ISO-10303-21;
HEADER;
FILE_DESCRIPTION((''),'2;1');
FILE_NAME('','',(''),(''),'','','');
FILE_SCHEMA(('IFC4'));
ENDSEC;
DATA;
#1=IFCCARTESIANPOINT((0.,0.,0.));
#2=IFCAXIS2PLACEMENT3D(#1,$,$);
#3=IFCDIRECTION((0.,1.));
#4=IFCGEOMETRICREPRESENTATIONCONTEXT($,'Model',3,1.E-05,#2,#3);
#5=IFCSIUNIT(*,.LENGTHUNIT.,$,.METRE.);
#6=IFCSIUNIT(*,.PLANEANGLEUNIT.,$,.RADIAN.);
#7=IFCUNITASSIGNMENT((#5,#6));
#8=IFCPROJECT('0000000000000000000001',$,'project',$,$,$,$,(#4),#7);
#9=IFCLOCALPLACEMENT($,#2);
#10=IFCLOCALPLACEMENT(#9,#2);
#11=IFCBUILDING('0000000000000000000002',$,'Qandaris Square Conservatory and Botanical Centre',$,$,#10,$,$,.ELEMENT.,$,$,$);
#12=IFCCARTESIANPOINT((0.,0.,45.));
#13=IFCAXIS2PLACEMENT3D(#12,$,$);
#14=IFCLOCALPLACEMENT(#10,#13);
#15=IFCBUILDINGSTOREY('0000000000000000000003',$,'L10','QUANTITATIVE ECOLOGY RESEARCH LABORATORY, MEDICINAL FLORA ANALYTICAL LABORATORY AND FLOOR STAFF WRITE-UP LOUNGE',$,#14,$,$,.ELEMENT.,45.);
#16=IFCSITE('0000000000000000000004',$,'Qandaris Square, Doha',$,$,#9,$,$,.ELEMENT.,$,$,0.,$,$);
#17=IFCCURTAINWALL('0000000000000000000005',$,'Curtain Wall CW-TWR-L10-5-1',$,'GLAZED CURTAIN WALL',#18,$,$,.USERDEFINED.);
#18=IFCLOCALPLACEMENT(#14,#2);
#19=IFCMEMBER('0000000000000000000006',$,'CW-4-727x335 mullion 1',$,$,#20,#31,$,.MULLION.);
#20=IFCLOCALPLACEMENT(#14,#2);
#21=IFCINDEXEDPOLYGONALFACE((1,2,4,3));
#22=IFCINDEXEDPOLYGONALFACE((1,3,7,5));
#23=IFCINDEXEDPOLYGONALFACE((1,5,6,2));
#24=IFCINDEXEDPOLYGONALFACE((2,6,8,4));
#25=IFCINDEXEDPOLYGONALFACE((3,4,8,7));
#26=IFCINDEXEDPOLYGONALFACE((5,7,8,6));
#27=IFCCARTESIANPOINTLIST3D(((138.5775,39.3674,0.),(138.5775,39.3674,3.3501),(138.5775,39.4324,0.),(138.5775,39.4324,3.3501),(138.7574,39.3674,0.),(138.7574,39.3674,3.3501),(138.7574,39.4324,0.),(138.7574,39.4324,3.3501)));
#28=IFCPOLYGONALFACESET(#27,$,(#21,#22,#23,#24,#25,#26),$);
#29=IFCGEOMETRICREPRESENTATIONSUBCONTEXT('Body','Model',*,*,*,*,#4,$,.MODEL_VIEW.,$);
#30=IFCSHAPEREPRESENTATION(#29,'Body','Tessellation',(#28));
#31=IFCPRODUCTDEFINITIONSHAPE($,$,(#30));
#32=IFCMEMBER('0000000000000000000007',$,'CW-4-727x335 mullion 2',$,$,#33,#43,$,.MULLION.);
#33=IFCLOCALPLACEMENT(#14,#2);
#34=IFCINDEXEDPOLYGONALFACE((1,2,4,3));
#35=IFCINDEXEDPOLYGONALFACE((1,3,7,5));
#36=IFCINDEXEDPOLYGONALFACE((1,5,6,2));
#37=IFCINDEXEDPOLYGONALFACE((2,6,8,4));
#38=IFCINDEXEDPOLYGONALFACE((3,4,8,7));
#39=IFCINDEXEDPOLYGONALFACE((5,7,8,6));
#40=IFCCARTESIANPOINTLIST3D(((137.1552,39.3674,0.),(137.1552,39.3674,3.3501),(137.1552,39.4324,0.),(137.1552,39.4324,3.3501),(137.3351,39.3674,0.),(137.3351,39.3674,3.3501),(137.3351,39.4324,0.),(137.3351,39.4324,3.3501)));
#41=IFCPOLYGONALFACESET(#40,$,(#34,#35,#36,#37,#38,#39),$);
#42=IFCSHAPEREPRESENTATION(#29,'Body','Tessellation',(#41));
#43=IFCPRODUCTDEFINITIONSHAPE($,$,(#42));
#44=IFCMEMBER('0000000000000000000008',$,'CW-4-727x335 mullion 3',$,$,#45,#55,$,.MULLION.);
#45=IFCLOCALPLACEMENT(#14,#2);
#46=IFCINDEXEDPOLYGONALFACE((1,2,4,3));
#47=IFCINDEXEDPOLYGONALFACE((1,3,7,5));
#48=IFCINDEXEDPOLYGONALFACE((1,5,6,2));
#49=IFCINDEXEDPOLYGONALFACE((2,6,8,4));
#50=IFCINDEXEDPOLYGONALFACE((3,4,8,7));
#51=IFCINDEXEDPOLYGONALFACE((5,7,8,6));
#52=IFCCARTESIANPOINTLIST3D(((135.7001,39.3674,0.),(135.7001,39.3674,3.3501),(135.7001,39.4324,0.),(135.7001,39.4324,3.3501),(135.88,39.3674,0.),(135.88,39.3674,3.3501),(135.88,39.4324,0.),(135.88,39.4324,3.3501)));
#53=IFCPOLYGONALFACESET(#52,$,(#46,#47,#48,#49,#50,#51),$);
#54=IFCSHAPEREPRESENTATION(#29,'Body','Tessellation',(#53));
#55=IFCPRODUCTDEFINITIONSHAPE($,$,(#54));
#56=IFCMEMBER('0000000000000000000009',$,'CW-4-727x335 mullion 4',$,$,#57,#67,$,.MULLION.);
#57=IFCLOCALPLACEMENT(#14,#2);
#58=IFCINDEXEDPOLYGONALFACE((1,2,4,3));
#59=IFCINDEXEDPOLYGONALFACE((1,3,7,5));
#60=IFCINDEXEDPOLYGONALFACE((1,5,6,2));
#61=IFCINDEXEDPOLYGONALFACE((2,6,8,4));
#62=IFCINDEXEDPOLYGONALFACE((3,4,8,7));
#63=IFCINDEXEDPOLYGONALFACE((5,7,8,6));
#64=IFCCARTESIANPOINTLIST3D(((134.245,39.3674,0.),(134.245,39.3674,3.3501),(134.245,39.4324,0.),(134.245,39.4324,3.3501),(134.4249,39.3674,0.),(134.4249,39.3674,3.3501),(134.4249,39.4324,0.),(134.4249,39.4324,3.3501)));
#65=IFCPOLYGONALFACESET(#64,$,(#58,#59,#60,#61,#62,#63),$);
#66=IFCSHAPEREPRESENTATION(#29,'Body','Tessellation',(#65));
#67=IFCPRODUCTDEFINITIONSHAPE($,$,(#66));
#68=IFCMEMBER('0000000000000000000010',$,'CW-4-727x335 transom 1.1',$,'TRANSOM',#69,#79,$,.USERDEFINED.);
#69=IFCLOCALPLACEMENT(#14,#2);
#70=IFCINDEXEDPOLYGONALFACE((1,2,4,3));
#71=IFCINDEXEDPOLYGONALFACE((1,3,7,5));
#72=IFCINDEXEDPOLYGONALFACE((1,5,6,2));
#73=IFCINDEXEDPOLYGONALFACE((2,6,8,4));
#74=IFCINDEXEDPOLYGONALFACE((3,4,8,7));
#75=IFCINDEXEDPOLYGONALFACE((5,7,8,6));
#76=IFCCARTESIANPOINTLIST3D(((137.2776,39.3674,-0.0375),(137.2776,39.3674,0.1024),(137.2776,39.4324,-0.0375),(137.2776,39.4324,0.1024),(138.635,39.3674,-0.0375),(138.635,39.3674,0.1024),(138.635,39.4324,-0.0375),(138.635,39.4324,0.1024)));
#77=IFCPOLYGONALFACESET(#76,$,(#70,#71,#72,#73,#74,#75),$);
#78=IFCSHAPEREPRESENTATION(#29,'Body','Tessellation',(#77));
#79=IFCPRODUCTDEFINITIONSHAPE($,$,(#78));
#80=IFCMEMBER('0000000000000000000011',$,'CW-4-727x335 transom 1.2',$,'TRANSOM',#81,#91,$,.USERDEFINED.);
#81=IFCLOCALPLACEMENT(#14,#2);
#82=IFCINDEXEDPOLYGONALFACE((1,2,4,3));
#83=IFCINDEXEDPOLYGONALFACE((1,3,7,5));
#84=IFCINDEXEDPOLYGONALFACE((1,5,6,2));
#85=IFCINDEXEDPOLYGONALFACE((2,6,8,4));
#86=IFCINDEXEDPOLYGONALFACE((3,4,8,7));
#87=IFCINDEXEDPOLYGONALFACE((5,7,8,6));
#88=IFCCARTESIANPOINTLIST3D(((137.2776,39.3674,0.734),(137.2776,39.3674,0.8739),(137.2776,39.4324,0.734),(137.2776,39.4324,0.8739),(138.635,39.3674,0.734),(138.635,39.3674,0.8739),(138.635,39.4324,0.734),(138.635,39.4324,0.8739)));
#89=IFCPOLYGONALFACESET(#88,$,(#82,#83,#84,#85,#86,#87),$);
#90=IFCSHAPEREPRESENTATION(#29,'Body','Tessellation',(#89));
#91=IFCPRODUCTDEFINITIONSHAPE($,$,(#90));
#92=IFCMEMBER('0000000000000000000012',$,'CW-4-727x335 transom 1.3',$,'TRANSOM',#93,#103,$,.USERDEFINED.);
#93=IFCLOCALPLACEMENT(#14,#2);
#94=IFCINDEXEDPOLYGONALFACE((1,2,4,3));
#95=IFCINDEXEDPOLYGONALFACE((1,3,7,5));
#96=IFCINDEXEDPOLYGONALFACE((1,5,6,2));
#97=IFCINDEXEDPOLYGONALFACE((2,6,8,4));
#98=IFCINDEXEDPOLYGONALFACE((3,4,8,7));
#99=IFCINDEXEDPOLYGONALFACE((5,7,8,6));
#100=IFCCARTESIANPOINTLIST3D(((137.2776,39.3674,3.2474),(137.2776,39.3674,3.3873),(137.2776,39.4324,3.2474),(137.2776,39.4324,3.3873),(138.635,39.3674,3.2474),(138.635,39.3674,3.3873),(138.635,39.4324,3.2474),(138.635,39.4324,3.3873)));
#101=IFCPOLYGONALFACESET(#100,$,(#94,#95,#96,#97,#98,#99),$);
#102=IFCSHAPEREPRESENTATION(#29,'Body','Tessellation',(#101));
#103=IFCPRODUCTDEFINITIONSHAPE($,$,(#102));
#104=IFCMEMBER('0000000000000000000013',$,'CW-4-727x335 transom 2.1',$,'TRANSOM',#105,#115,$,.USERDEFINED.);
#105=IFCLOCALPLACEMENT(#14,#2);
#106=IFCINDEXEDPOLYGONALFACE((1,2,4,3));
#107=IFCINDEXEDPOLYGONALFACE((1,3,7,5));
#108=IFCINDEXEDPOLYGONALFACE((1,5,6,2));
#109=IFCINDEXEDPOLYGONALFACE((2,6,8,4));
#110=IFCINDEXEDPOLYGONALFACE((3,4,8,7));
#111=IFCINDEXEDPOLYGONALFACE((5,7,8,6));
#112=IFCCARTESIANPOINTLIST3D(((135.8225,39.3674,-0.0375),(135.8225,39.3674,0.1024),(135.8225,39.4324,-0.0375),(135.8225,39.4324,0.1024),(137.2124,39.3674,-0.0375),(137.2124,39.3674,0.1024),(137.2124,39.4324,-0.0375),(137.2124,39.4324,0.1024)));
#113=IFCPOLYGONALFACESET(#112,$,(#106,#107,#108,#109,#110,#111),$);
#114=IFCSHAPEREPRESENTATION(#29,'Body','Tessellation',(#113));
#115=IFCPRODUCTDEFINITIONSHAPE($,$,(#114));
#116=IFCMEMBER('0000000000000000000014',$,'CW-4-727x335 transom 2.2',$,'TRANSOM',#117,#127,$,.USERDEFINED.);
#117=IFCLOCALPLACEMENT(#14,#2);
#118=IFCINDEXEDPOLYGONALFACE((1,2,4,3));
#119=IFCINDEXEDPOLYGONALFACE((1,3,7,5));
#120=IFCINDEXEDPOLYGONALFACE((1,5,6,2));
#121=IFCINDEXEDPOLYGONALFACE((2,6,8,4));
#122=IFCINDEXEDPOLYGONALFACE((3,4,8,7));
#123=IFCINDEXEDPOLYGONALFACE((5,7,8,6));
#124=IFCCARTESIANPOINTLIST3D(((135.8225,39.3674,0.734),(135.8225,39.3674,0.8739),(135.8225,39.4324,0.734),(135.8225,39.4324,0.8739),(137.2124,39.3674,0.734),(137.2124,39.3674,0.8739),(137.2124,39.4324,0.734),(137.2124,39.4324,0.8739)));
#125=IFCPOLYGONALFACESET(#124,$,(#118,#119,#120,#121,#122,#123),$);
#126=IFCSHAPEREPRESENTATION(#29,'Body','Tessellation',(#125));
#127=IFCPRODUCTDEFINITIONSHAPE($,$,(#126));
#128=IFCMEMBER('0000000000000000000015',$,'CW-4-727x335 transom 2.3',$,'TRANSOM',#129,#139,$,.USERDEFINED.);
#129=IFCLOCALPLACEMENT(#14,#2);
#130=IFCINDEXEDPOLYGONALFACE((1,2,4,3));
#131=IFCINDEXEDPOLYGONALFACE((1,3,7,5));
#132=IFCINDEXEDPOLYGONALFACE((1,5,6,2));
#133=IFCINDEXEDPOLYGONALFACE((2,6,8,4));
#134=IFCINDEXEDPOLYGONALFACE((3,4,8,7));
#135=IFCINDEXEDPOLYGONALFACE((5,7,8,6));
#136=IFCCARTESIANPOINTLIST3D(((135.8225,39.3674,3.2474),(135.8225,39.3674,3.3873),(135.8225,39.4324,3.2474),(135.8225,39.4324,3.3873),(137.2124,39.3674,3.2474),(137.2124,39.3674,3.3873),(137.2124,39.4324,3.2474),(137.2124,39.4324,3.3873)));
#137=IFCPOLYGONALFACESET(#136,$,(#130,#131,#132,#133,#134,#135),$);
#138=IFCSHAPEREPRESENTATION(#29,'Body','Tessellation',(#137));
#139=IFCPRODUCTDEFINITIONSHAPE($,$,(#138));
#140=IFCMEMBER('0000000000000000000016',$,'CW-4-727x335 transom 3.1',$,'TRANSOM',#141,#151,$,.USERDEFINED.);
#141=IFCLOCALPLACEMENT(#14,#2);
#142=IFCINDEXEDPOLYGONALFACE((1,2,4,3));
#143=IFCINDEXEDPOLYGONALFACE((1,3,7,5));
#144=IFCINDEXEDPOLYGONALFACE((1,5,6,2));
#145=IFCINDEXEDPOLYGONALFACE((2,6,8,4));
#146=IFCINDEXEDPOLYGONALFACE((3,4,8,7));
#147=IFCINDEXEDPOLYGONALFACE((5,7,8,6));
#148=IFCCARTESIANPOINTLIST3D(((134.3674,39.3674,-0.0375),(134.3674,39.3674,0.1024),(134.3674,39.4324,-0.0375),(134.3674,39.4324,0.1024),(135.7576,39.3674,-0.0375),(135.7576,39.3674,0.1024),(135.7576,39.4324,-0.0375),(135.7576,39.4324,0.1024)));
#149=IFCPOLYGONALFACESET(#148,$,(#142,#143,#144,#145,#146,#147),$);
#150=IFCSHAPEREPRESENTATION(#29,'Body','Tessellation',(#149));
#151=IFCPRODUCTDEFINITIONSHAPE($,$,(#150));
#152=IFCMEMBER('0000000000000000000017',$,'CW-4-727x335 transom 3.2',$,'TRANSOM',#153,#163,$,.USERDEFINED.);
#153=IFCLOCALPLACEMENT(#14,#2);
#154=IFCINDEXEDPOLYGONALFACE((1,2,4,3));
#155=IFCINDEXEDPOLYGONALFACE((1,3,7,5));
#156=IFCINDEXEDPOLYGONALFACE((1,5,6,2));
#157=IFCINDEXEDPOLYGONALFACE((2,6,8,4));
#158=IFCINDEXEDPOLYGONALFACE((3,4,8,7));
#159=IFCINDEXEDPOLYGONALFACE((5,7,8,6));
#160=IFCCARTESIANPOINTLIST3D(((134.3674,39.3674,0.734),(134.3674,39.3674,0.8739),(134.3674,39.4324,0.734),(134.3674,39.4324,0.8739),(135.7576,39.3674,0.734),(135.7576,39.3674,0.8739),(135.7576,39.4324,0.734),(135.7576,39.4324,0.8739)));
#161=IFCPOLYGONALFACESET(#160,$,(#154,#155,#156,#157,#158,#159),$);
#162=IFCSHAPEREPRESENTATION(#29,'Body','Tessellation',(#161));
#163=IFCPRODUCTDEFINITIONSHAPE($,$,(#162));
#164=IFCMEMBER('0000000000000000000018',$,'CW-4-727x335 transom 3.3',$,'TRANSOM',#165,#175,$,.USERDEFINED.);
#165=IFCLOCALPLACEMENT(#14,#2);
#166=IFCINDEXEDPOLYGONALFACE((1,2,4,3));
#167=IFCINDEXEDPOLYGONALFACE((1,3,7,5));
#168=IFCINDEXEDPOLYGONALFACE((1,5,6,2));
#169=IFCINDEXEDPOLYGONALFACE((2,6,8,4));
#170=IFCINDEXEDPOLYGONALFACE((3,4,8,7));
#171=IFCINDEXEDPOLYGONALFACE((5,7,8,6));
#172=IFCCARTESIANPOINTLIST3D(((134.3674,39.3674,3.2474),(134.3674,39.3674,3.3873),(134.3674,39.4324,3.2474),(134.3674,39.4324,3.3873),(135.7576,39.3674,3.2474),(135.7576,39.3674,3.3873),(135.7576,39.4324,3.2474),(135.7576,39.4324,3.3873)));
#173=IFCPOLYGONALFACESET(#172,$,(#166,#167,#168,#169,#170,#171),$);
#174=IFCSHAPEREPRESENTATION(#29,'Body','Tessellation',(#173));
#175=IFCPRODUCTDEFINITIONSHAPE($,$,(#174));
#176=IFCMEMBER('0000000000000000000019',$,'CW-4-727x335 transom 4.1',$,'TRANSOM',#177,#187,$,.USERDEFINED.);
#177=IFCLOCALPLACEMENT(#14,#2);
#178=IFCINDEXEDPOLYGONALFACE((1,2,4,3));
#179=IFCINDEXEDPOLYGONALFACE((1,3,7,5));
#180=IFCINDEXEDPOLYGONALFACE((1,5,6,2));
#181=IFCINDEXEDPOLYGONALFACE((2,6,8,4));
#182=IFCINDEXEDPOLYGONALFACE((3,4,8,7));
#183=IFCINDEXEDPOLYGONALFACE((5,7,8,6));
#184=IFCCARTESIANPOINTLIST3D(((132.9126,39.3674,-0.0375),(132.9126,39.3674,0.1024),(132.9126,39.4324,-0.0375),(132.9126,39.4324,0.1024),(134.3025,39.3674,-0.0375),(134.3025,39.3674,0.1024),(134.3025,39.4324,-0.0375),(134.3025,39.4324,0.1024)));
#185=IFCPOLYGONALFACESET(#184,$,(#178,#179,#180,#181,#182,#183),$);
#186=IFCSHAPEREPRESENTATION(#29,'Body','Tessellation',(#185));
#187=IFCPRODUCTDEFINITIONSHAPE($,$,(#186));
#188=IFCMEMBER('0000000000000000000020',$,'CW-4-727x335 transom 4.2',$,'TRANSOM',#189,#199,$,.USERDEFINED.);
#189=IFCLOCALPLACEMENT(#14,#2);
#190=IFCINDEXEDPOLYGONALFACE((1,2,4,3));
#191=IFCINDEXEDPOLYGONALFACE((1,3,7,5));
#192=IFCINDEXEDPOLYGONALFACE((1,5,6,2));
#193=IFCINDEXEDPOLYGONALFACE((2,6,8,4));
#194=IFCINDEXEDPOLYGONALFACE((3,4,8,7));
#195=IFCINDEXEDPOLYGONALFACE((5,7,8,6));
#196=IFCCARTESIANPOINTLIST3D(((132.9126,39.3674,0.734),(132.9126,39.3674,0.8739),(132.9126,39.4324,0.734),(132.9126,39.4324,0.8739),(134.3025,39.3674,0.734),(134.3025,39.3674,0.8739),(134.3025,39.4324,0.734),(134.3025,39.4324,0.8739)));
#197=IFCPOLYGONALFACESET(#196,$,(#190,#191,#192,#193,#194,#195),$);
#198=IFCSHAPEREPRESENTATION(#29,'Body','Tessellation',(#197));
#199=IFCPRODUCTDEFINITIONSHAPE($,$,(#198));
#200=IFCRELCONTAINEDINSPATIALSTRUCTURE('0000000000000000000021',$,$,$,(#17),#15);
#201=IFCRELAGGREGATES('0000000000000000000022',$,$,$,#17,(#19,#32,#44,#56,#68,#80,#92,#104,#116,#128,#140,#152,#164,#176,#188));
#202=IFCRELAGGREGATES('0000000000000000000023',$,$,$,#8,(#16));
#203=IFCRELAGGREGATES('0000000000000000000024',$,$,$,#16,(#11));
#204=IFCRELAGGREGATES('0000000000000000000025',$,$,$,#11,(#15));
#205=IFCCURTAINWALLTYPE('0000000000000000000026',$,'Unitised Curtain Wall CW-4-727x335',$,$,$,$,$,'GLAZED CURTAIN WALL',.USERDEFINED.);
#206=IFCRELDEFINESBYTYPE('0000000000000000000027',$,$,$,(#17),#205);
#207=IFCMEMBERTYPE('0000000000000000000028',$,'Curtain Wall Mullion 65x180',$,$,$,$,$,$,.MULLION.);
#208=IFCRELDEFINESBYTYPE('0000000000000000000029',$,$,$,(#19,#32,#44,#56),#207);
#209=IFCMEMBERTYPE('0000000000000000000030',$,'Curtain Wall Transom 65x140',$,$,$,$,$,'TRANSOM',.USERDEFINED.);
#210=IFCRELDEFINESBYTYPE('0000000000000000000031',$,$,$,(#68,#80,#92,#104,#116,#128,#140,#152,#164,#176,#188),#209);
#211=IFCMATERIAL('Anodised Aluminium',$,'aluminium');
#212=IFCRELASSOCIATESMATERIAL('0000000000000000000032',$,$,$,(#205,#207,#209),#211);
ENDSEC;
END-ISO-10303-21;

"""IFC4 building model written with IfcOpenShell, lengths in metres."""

from ifc_helpers import new_model, si_unit, direction, frame, origin, origin_2d, place, context, subcontext, project, spatial, rectangle, extrude, material, material_profile, profile_set, type_object, element, aggregate, save


model = new_model("IFC4")

# Units and contexts
model_context = context("Model", 3, precision=1e-05, world=origin(), true_north=direction((0.0, 1.0)))
body_context = subcontext(model_context, "Body", "Model", "MODEL_VIEW")
ifc_project = project(units=[si_unit("LENGTHUNIT", "METRE"), si_unit("PLANEANGLEUNIT", "RADIAN")], contexts=[model_context])

# Site, building, storey
site_placement = place(None, origin())
site = spatial("IfcSite", under=ifc_project, at=site_placement, Name="Qandaris Square, Doha", CompositionType="ELEMENT", RefElevation=0.0)
building_placement = place(site_placement, origin())
building = spatial("IfcBuilding", under=site, at=building_placement, Name="Qandaris Square Conservatory and Botanical Centre", CompositionType="ELEMENT")
storey_placement = place(building_placement, frame((0.0, 0.0, 45.0)))
storey = spatial("IfcBuildingStorey", under=building, at=storey_placement, Name="L10", Description="QUANTITATIVE ECOLOGY RESEARCH LABORATORY, MEDICINAL FLORA ANALYTICAL LABORATORY AND FLOOR STAFF WRITE-UP LOUNGE", CompositionType="ELEMENT", Elevation=45.0)

# Curtain wall, members
ifc_material_1 = material(Name="Anodised Aluminium", Category="aluminium")
curtain_wall_type = type_object("IfcCurtainWallType", Name="Unitised Curtain Wall CW-4-727x335", ElementType="GLAZED CURTAIN WALL", PredefinedType="USERDEFINED", material=ifc_material_1)
curtain_wall_placement = place(storey_placement, origin())
curtain_wall = element("IfcCurtainWall", 1, at=curtain_wall_placement, inside=storey, type_object=curtain_wall_type, Name="Curtain Wall CW-TWR-L10-5-1", ObjectType="GLAZED CURTAIN WALL", PredefinedType="USERDEFINED")
ifc_material_profile_1 = material_profile(ifc_material_1, rectangle(XDim=0.0649, YDim=0.1799, at=origin_2d()), Name="ALU-MUL 65x180")
ifc_profile_set_1 = profile_set([ifc_material_profile_1], Name="Anodised Aluminium")
member_type_1 = type_object("IfcMemberType", Name="Curtain Wall Mullion 65x180", PredefinedType="MULLION", material=ifc_profile_set_1)
member_1_placement = place(storey_placement, frame((138.6675, 39.3999, 0.0), z_axis=(0.0, 0.0, 1.0), x_axis=(0.0, -1.0, 0.0)))
member_1 = element("IfcMember", 2, at=member_1_placement, type_object=member_type_1, Name="CW-4-727x335 mullion 1", PredefinedType="MULLION", context=body_context, shape_type="SweptSolid", body=[
    extrude(rectangle(XDim=0.0649, YDim=0.1799, at=origin_2d()), origin(), (0.0, 0.0, 1.0), 3.3501),
])
member_2_placement = place(storey_placement, frame((137.2451, 39.3999, 0.0), z_axis=(0.0, 0.0, 1.0), x_axis=(0.0, -1.0, 0.0)))
member_2 = element("IfcMember", 3, at=member_2_placement, type_object=member_type_1, Name="CW-4-727x335 mullion 2", PredefinedType="MULLION", context=body_context, shape_type="SweptSolid", body=[
    extrude(rectangle(XDim=0.0649, YDim=0.1799, at=origin_2d()), origin(), (0.0, 0.0, 1.0), 3.3501),
])
member_3_placement = place(storey_placement, frame((135.79, 39.3999, 0.0), z_axis=(0.0, 0.0, 1.0), x_axis=(0.0, -1.0, 0.0)))
member_3 = element("IfcMember", 4, at=member_3_placement, type_object=member_type_1, Name="CW-4-727x335 mullion 3", PredefinedType="MULLION", context=body_context, shape_type="SweptSolid", body=[
    extrude(rectangle(XDim=0.0649, YDim=0.1799, at=origin_2d()), origin(), (0.0, 0.0, 1.0), 3.3501),
])
member_4_placement = place(storey_placement, frame((134.335, 39.3999, 0.0), z_axis=(0.0, 0.0, 1.0), x_axis=(0.0, -1.0, 0.0)))
member_4 = element("IfcMember", 5, at=member_4_placement, type_object=member_type_1, Name="CW-4-727x335 mullion 4", PredefinedType="MULLION", context=body_context, shape_type="SweptSolid", body=[
    extrude(rectangle(XDim=0.0649, YDim=0.1799, at=origin_2d()), origin(), (0.0, 0.0, 1.0), 3.3501),
])
ifc_material_profile_2 = material_profile(ifc_material_1, rectangle(XDim=0.0649, YDim=0.1399, at=origin_2d()), Name="ALU-TRN 65x140")
ifc_profile_set_2 = profile_set([ifc_material_profile_2], Name="Anodised Aluminium")
member_type_2 = type_object("IfcMemberType", Name="Curtain Wall Transom 65x140", ElementType="TRANSOM", PredefinedType="USERDEFINED", material=ifc_profile_set_2)
member_5_placement = place(storey_placement, frame((138.635, 39.3999, 0.0325), z_axis=(-1.0, 0.0, 0.0), x_axis=(0.0, -1.0, 0.0)))
member_5 = element("IfcMember", 6, at=member_5_placement, type_object=member_type_2, Name="CW-4-727x335 transom 1.1", ObjectType="TRANSOM", PredefinedType="USERDEFINED", context=body_context, shape_type="SweptSolid", body=[
    extrude(rectangle(XDim=0.0649, YDim=0.1399, at=origin_2d()), origin(), (0.0, 0.0, 1.0), 1.3574),
])
member_6_placement = place(storey_placement, frame((138.635, 39.3999, 0.804), z_axis=(-1.0, 0.0, 0.0), x_axis=(0.0, -1.0, 0.0)))
member_6 = element("IfcMember", 7, at=member_6_placement, type_object=member_type_2, Name="CW-4-727x335 transom 1.2", ObjectType="TRANSOM", PredefinedType="USERDEFINED", context=body_context, shape_type="SweptSolid", body=[
    extrude(rectangle(XDim=0.0649, YDim=0.1399, at=origin_2d()), origin(), (0.0, 0.0, 1.0), 1.3574),
])
member_7_placement = place(storey_placement, frame((138.635, 39.3999, 3.3174), z_axis=(-1.0, 0.0, 0.0), x_axis=(0.0, -1.0, 0.0)))
member_7 = element("IfcMember", 8, at=member_7_placement, type_object=member_type_2, Name="CW-4-727x335 transom 1.3", ObjectType="TRANSOM", PredefinedType="USERDEFINED", context=body_context, shape_type="SweptSolid", body=[
    extrude(rectangle(XDim=0.0649, YDim=0.1399, at=origin_2d()), origin(), (0.0, 0.0, 1.0), 1.3574),
])
member_8_placement = place(storey_placement, frame((137.2124, 39.3999, 0.0325), z_axis=(-1.0, 0.0, 0.0), x_axis=(0.0, -1.0, 0.0)))
member_8 = element("IfcMember", 9, at=member_8_placement, type_object=member_type_2, Name="CW-4-727x335 transom 2.1", ObjectType="TRANSOM", PredefinedType="USERDEFINED", context=body_context, shape_type="SweptSolid", body=[
    extrude(rectangle(XDim=0.0649, YDim=0.1399, at=origin_2d()), origin(), (0.0, 0.0, 1.0), 1.3899),
])
member_9_placement = place(storey_placement, frame((137.2124, 39.3999, 0.804), z_axis=(-1.0, 0.0, 0.0), x_axis=(0.0, -1.0, 0.0)))
member_9 = element("IfcMember", 10, at=member_9_placement, type_object=member_type_2, Name="CW-4-727x335 transom 2.2", ObjectType="TRANSOM", PredefinedType="USERDEFINED", context=body_context, shape_type="SweptSolid", body=[
    extrude(rectangle(XDim=0.0649, YDim=0.1399, at=origin_2d()), origin(), (0.0, 0.0, 1.0), 1.3899),
])
member_10_placement = place(storey_placement, frame((137.2124, 39.3999, 3.3174), z_axis=(-1.0, 0.0, 0.0), x_axis=(0.0, -1.0, 0.0)))
member_10 = element("IfcMember", 11, at=member_10_placement, type_object=member_type_2, Name="CW-4-727x335 transom 2.3", ObjectType="TRANSOM", PredefinedType="USERDEFINED", context=body_context, shape_type="SweptSolid", body=[
    extrude(rectangle(XDim=0.0649, YDim=0.1399, at=origin_2d()), origin(), (0.0, 0.0, 1.0), 1.3899),
])
member_11_placement = place(storey_placement, frame((135.7576, 39.3999, 0.0325), z_axis=(-1.0, 0.0, 0.0), x_axis=(0.0, -1.0, 0.0)))
member_11 = element("IfcMember", 12, at=member_11_placement, type_object=member_type_2, Name="CW-4-727x335 transom 3.1", ObjectType="TRANSOM", PredefinedType="USERDEFINED", context=body_context, shape_type="SweptSolid", body=[
    extrude(rectangle(XDim=0.0649, YDim=0.1399, at=origin_2d()), origin(), (0.0, 0.0, 1.0), 1.3901),
])
member_12_placement = place(storey_placement, frame((135.7576, 39.3999, 0.804), z_axis=(-1.0, 0.0, 0.0), x_axis=(0.0, -1.0, 0.0)))
member_12 = element("IfcMember", 13, at=member_12_placement, type_object=member_type_2, Name="CW-4-727x335 transom 3.2", ObjectType="TRANSOM", PredefinedType="USERDEFINED", context=body_context, shape_type="SweptSolid", body=[
    extrude(rectangle(XDim=0.0649, YDim=0.1399, at=origin_2d()), origin(), (0.0, 0.0, 1.0), 1.3901),
])
member_13_placement = place(storey_placement, frame((135.7576, 39.3999, 3.3174), z_axis=(-1.0, 0.0, 0.0), x_axis=(0.0, -1.0, 0.0)))
member_13 = element("IfcMember", 14, at=member_13_placement, type_object=member_type_2, Name="CW-4-727x335 transom 3.3", ObjectType="TRANSOM", PredefinedType="USERDEFINED", context=body_context, shape_type="SweptSolid", body=[
    extrude(rectangle(XDim=0.0649, YDim=0.1399, at=origin_2d()), origin(), (0.0, 0.0, 1.0), 1.3901),
])
member_14_placement = place(storey_placement, frame((134.3025, 39.3999, 0.0325), z_axis=(-1.0, 0.0, 0.0), x_axis=(0.0, -1.0, 0.0)))
member_14 = element("IfcMember", 15, at=member_14_placement, type_object=member_type_2, Name="CW-4-727x335 transom 4.1", ObjectType="TRANSOM", PredefinedType="USERDEFINED", context=body_context, shape_type="SweptSolid", body=[
    extrude(rectangle(XDim=0.0649, YDim=0.1399, at=origin_2d()), origin(), (0.0, 0.0, 1.0), 1.3899),
])
member_15_placement = place(storey_placement, frame((134.3025, 39.3999, 0.804), z_axis=(-1.0, 0.0, 0.0), x_axis=(0.0, -1.0, 0.0)))
member_15 = element("IfcMember", 16, at=member_15_placement, type_object=member_type_2, Name="CW-4-727x335 transom 4.2", ObjectType="TRANSOM", PredefinedType="USERDEFINED", context=body_context, shape_type="SweptSolid", body=[
    extrude(rectangle(XDim=0.0649, YDim=0.1399, at=origin_2d()), origin(), (0.0, 0.0, 1.0), 1.3899),
])
aggregate(curtain_wall, [member_1, member_2, member_3, member_4, member_5, member_6, member_7, member_8, member_9, member_10, member_11, member_12, member_13, member_14, member_15])

save(model, "model.ifc")
